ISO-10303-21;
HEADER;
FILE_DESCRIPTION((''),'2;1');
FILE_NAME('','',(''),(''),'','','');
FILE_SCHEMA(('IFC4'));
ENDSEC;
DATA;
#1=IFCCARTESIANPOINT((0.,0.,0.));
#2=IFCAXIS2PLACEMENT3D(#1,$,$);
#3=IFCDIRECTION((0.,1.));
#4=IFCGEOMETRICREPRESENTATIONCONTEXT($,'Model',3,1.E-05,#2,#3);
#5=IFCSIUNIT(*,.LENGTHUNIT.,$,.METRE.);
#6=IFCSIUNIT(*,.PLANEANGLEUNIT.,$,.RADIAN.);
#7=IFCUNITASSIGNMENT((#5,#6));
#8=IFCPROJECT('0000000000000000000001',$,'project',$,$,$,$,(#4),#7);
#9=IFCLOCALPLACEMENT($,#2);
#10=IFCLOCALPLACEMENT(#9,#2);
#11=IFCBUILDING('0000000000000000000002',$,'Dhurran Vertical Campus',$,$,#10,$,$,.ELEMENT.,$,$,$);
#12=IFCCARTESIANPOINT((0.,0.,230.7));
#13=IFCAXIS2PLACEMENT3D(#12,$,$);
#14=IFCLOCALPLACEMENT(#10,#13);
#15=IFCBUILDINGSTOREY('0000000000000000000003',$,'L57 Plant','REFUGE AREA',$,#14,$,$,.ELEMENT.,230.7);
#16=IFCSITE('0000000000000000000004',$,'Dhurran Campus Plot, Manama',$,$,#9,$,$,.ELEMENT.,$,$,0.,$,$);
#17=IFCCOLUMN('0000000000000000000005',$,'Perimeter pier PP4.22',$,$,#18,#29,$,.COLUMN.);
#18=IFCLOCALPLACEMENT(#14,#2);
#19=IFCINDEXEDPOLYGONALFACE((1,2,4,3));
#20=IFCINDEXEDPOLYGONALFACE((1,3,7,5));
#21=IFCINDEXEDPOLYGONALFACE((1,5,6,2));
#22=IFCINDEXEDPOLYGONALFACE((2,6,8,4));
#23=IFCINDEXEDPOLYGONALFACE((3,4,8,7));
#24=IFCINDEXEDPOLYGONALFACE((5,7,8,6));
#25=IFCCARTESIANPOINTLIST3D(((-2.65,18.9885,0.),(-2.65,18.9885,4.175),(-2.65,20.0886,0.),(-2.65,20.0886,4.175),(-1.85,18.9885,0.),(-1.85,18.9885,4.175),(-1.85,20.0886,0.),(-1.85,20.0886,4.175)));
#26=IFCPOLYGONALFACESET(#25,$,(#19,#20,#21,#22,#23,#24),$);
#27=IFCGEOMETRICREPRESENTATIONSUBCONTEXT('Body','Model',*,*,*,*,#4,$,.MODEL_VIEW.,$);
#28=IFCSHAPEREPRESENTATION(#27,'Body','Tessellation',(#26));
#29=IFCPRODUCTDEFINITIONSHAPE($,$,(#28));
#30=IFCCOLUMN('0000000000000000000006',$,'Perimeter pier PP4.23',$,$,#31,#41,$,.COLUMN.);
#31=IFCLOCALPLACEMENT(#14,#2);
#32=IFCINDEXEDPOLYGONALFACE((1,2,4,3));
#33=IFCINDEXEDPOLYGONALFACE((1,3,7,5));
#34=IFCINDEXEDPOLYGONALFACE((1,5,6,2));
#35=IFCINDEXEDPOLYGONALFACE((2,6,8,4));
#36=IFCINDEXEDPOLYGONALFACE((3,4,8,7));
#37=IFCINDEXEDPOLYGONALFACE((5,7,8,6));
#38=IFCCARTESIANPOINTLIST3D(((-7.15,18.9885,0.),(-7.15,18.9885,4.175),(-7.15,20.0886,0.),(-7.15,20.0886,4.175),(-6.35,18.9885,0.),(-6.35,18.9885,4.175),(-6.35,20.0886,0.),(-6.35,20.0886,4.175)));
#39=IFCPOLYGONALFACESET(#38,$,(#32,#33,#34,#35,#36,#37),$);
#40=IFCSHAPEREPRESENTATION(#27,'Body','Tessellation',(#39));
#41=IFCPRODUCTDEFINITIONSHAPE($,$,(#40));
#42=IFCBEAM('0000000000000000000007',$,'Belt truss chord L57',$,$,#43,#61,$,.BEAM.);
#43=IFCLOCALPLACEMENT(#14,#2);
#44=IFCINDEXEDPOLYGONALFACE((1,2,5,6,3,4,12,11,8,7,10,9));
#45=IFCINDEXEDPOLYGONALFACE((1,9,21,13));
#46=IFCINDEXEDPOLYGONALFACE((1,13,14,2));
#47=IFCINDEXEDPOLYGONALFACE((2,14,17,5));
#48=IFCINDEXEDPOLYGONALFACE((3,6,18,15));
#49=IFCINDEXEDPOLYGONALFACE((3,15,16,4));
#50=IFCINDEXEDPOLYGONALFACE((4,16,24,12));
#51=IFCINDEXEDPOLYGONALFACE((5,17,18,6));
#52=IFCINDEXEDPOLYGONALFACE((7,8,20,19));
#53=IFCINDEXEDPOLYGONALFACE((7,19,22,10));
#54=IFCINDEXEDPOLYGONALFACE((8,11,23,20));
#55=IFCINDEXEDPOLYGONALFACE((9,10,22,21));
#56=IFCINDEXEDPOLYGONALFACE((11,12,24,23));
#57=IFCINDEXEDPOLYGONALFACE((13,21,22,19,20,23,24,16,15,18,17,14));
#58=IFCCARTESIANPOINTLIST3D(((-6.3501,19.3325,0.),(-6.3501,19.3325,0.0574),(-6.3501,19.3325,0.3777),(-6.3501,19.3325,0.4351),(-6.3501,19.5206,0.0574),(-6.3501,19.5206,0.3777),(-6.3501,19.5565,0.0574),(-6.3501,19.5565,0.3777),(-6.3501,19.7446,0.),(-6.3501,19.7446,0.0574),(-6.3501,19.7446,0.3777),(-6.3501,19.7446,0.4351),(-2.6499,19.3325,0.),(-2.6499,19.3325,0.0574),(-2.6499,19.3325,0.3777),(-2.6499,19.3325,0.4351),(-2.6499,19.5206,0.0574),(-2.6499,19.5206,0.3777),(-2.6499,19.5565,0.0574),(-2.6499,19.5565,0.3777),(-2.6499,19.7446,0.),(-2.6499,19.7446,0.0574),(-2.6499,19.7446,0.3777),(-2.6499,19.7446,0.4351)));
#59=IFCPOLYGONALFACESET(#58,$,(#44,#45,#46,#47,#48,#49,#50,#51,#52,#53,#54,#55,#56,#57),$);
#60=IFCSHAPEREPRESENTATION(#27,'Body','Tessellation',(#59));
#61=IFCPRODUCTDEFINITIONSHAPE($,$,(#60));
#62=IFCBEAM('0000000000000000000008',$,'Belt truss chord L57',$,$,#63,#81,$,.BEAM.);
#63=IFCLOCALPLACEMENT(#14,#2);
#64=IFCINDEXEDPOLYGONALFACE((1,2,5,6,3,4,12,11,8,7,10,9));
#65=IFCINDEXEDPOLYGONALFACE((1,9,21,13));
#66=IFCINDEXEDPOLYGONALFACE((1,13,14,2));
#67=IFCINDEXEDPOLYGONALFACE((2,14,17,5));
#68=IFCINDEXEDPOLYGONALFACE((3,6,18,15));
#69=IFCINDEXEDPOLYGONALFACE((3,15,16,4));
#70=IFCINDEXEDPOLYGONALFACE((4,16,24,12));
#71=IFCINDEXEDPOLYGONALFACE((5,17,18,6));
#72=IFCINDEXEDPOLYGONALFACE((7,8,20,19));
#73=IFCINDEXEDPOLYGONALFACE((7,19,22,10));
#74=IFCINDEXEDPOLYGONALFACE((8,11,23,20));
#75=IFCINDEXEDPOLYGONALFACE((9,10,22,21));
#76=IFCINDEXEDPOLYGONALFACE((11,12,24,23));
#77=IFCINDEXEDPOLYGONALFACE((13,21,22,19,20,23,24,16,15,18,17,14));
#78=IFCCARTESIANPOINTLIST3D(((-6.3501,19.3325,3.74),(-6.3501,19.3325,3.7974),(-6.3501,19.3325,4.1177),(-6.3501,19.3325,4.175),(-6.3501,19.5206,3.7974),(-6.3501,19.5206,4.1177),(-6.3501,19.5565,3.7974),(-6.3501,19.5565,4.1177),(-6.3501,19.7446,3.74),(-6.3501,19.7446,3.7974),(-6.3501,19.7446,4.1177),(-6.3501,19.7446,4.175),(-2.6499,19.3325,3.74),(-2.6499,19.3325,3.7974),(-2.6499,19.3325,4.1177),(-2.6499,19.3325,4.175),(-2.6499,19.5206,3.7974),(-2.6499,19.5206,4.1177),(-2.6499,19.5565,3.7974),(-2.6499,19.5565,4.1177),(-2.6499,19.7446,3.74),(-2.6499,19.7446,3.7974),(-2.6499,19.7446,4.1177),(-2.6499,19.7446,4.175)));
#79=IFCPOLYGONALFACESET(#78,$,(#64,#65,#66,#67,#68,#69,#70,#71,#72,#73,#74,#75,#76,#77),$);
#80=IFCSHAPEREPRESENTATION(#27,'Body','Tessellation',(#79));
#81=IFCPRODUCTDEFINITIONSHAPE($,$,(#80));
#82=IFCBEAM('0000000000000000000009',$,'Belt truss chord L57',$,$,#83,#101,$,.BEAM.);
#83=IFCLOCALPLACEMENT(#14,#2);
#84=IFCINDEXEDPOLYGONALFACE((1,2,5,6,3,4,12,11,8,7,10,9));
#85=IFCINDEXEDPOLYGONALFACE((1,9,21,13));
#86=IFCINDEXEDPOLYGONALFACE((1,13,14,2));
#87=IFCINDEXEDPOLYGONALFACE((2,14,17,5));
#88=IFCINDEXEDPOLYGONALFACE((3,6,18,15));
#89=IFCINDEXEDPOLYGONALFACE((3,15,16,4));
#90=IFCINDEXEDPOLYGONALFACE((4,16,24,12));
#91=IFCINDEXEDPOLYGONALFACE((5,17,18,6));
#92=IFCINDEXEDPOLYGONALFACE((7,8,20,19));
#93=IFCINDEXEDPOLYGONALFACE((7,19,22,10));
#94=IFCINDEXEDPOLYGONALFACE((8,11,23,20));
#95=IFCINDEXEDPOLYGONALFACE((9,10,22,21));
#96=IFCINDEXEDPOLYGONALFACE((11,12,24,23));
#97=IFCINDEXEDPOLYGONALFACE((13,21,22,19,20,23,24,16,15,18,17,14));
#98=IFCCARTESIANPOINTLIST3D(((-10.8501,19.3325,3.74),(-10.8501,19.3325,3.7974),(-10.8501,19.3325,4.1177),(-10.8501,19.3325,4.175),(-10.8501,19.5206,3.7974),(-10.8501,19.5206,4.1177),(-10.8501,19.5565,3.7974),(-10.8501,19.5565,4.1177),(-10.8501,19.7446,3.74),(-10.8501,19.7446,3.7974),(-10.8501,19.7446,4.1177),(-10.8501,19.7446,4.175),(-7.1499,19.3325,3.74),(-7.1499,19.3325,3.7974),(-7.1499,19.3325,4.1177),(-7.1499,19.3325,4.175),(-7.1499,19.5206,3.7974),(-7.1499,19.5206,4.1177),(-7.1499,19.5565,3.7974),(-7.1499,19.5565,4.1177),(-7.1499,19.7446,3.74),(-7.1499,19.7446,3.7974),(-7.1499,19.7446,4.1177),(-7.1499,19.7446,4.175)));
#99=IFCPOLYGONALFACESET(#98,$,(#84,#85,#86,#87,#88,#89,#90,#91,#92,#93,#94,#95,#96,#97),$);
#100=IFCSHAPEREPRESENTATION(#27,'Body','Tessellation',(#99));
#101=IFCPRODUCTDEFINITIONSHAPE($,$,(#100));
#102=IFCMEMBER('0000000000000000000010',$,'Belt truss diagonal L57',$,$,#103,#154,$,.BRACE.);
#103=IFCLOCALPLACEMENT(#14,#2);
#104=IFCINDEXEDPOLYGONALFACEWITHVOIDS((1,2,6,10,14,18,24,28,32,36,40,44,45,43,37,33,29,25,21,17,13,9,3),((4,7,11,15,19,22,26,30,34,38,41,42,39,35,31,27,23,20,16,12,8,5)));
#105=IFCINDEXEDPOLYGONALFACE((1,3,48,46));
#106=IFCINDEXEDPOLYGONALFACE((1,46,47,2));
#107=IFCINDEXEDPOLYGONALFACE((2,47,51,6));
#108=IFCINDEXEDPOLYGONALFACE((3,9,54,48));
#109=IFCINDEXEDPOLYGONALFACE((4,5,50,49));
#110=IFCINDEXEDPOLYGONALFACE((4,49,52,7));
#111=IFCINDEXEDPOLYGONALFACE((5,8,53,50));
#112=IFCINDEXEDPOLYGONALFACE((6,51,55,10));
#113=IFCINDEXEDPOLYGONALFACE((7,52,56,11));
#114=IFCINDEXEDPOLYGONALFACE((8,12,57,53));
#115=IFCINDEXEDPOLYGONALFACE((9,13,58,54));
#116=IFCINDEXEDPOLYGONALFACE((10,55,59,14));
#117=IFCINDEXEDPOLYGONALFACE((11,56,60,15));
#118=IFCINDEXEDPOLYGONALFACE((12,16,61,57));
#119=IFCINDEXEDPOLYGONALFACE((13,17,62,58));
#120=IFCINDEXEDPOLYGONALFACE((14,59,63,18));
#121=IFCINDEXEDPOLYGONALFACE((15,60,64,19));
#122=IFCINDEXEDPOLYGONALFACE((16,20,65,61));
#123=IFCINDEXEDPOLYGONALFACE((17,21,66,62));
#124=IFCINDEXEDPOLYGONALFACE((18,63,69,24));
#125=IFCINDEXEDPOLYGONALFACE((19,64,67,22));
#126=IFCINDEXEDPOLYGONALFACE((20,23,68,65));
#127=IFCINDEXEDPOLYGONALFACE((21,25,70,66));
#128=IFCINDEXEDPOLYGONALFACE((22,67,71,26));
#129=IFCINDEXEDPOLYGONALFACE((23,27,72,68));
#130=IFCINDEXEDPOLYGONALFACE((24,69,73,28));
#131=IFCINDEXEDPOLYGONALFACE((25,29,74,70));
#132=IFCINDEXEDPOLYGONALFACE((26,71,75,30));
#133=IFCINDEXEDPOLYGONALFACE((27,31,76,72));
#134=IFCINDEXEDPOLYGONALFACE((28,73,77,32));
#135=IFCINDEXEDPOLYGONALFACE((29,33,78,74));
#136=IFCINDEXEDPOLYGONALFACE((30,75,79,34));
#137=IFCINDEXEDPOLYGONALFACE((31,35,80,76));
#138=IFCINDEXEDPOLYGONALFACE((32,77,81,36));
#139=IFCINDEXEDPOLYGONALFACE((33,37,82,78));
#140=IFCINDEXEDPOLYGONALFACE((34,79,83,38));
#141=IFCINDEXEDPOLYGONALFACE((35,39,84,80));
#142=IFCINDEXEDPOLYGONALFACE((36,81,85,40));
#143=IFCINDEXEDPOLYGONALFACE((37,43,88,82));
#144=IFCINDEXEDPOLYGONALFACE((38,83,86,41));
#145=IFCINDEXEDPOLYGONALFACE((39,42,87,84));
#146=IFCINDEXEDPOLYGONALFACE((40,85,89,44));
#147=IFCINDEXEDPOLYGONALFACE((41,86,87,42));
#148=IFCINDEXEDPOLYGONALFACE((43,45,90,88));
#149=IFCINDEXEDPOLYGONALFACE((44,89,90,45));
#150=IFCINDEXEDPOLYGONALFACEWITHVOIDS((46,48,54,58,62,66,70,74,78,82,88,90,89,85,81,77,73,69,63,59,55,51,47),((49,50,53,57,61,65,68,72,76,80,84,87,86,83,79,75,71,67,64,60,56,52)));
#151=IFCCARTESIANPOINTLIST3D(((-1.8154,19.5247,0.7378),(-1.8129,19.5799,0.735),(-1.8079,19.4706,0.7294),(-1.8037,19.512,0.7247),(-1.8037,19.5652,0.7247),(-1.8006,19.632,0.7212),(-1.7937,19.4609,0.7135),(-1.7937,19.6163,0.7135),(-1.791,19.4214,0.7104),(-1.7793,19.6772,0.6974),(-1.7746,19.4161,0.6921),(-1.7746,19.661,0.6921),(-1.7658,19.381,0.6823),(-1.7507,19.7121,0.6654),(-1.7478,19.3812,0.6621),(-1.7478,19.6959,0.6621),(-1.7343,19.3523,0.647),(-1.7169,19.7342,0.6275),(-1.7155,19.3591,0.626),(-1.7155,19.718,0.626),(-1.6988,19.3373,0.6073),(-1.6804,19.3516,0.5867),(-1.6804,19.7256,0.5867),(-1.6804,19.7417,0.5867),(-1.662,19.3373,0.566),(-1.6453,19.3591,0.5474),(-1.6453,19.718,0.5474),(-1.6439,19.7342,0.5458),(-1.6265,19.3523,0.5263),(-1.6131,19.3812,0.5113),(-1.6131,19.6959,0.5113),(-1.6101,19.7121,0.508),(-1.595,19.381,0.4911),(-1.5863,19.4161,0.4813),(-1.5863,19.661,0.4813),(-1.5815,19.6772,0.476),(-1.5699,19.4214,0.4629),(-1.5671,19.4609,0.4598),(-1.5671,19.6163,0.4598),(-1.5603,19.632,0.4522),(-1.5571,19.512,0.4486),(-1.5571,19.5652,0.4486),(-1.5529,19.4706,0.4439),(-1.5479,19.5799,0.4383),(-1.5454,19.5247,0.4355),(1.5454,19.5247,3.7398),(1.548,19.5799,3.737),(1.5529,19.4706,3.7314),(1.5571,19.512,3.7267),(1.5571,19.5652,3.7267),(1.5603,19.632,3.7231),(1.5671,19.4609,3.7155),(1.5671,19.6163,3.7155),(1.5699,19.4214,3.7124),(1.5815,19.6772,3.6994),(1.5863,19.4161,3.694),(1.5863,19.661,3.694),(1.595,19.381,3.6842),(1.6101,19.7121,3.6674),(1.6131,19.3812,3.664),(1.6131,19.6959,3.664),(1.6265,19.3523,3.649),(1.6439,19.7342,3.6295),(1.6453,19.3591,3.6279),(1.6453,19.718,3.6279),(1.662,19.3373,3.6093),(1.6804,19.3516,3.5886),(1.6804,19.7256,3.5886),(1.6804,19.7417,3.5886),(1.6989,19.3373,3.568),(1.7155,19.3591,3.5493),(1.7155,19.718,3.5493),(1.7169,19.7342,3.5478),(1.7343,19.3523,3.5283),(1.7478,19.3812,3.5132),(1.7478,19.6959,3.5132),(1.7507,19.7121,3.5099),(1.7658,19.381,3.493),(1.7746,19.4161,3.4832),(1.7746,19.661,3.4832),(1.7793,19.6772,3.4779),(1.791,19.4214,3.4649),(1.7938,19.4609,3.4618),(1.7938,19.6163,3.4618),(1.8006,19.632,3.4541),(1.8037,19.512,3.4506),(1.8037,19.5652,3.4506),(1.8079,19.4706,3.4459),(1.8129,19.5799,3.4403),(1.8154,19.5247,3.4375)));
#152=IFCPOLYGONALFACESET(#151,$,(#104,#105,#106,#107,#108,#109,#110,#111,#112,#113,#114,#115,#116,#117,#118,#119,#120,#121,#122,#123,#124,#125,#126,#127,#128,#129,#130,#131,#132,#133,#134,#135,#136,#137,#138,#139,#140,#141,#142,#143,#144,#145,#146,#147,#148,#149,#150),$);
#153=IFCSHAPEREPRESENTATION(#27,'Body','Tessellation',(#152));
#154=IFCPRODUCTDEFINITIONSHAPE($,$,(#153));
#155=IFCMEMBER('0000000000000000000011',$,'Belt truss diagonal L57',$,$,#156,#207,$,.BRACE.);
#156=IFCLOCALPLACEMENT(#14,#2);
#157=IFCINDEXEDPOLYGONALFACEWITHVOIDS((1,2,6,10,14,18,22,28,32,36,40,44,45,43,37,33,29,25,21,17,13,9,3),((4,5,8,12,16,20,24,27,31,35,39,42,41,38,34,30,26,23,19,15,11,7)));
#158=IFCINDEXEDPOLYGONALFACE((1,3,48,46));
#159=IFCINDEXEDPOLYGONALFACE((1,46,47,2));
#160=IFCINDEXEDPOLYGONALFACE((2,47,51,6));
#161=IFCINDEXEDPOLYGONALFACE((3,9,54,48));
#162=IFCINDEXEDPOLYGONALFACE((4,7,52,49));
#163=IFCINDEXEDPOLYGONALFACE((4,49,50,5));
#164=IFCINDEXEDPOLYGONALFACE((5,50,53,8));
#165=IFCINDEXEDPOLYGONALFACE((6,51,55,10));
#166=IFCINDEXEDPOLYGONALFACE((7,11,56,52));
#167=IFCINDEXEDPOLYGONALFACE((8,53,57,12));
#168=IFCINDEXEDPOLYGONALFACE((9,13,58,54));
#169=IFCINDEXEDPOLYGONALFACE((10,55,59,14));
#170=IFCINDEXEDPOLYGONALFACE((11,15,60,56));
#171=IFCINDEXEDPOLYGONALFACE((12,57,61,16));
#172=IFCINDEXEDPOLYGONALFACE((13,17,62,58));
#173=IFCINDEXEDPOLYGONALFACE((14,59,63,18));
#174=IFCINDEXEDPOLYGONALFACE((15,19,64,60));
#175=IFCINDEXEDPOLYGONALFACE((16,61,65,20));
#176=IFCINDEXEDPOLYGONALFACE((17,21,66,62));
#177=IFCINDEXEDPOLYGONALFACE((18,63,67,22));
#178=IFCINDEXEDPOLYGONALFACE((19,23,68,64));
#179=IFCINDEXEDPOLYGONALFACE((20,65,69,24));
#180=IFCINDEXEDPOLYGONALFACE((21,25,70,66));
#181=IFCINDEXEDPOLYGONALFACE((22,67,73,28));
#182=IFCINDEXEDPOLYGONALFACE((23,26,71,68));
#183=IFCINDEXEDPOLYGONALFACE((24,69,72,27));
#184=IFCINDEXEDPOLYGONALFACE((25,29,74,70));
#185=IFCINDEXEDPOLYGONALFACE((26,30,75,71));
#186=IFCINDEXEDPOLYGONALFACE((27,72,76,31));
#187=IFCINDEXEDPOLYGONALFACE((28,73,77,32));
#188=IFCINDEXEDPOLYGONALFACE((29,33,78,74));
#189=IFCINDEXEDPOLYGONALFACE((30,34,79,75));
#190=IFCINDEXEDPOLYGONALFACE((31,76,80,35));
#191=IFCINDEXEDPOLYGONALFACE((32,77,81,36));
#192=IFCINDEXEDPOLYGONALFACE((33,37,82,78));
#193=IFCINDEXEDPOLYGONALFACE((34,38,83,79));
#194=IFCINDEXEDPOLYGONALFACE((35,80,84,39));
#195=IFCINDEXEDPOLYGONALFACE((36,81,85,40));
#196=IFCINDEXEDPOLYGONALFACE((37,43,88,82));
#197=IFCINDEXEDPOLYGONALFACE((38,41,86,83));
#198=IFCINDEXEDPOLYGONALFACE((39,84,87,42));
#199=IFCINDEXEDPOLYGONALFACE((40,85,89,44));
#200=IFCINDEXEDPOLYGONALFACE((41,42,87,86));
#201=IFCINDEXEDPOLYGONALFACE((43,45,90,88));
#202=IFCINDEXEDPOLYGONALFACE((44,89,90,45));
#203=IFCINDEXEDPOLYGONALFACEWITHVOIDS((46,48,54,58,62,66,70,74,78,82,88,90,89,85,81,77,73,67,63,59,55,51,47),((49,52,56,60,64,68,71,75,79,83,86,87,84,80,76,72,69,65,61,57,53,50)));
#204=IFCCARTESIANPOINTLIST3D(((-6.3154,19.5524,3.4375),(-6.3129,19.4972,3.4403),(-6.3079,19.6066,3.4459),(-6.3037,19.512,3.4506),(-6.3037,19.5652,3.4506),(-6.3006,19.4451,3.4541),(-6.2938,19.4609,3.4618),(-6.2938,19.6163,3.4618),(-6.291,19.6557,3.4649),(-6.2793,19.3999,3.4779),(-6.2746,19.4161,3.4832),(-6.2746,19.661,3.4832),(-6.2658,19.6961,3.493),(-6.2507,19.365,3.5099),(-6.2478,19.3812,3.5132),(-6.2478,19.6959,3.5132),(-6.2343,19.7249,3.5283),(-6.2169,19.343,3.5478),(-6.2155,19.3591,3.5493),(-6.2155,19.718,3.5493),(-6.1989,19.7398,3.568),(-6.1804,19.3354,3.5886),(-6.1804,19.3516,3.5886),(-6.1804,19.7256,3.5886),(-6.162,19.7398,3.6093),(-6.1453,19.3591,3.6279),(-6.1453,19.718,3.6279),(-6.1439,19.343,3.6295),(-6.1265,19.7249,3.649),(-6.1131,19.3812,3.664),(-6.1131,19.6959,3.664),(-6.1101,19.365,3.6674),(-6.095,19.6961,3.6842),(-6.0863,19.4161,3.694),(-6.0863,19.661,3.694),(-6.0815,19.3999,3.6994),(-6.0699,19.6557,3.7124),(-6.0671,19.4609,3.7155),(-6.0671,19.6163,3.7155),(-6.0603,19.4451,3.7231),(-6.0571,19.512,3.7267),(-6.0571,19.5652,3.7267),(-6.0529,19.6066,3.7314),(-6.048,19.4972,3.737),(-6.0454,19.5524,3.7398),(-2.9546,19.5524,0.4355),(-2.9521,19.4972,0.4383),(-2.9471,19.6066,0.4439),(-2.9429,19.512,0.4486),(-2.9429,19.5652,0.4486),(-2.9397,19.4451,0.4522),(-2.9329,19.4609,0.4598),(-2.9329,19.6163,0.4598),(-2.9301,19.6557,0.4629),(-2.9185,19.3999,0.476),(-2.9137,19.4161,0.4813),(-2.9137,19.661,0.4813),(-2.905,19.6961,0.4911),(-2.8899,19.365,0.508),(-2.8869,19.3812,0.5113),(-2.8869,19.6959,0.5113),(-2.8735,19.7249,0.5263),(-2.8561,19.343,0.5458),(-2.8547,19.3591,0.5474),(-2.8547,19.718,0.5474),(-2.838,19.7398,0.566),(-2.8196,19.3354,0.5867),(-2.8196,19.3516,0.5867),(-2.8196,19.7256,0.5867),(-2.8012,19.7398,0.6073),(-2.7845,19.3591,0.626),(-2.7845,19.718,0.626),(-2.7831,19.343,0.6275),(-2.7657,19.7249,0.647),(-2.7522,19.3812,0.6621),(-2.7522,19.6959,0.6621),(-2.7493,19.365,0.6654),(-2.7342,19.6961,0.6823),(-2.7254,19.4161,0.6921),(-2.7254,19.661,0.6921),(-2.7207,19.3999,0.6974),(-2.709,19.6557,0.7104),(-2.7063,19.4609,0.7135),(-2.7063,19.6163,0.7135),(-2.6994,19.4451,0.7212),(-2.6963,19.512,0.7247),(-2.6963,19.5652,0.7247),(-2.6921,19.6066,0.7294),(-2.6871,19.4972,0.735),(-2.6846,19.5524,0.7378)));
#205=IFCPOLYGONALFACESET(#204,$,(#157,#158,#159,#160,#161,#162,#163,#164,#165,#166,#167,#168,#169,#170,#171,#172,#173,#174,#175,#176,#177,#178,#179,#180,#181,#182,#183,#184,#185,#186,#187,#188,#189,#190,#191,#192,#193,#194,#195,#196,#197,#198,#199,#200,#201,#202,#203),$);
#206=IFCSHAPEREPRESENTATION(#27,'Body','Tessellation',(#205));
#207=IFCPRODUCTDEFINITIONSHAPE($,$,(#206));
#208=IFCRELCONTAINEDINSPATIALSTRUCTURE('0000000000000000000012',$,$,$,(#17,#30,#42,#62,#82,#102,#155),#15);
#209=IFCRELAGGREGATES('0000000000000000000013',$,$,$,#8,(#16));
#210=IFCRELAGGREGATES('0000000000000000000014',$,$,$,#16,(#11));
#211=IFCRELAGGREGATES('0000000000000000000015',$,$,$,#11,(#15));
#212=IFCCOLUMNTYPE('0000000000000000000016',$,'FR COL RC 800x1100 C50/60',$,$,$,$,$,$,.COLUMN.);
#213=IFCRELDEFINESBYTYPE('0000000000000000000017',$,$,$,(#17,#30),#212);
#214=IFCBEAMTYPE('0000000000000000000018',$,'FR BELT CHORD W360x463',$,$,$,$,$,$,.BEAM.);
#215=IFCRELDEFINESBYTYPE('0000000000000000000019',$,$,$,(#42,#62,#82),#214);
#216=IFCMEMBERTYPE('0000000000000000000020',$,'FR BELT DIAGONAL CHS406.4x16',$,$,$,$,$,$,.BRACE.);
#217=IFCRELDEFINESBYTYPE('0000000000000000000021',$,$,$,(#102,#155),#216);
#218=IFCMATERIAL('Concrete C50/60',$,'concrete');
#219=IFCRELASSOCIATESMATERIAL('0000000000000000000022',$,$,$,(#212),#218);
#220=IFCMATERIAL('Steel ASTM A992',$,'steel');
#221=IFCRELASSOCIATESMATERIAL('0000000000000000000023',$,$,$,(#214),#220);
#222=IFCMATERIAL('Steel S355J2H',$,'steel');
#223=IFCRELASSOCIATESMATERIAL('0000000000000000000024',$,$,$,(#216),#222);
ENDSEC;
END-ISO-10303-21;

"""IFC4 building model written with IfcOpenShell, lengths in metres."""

from ifc_helpers import new_model, si_unit, direction, frame, origin, origin_2d, place, context, subcontext, project, spatial, rectangle, hollow_circle, i_section, extrude, material, material_profile, profile_set, type_object, element, save


model = new_model("IFC4")

# Units and contexts
model_context = context("Model", 3, precision=1e-05, world=origin(), true_north=direction((0.0, 1.0)))
body_context = subcontext(model_context, "Body", "Model", "MODEL_VIEW")
ifc_project = project(units=[si_unit("LENGTHUNIT", "METRE"), si_unit("PLANEANGLEUNIT", "RADIAN")], contexts=[model_context])

# Site, building, storey
site_placement = place(None, origin())
site = spatial("IfcSite", under=ifc_project, at=site_placement, Name="Dhurran Campus Plot, Manama", CompositionType="ELEMENT", RefElevation=0.0)
building_placement = place(site_placement, origin())
building = spatial("IfcBuilding", under=site, at=building_placement, Name="Dhurran Vertical Campus", CompositionType="ELEMENT")
storey_placement = place(building_placement, frame((0.0, 0.0, 230.7)))
storey = spatial("IfcBuildingStorey", under=building, at=storey_placement, Name="L57 Plant", Description="REFUGE AREA", CompositionType="ELEMENT", Elevation=230.7)

# Columns
ifc_material_1 = material(Name="Concrete C50/60", Category="concrete")
ifc_material_profile_1 = material_profile(ifc_material_1, rectangle(XDim=0.8, YDim=1.1001, at=origin_2d()), Name="RC 800x1100")
ifc_profile_set_1 = profile_set([ifc_material_profile_1], Name="Concrete C50/60")
column_type = type_object("IfcColumnType", Name="FR COL RC 800x1100 C50/60", PredefinedType="COLUMN", material=ifc_profile_set_1)
for number, where, z_axis, x_axis, name in (
    (1, (-2.25, 19.5386, 0.0), (0.0, 0.0, 1.0), (-1.0, 0.0, 0.0), "Perimeter pier PP4.22"),
    (2, (-6.75, 19.5386, 0.0), (0.0, 0.0, 1.0), (-1.0, 0.0, 0.0), "Perimeter pier PP4.23"),
):
    element("IfcColumn", number, at=place(storey_placement, frame(where, z_axis=z_axis, x_axis=x_axis)), inside=storey, type_object=column_type, Name=name, PredefinedType="COLUMN", context=body_context, shape_type="SweptSolid", body=[
        extrude(rectangle(XDim=0.8, YDim=1.1001, at=origin_2d()), origin(), (0.0, 0.0, 1.0), 4.175),
    ])

# Beams
ifc_material_2 = material(Name="Steel ASTM A992", Category="steel")
ifc_material_profile_2 = material_profile(ifc_material_2, i_section(OverallWidth=0.4121, OverallDepth=0.4351, WebThickness=0.0359, FlangeThickness=0.0574, at=origin_2d()), Name="W360x463")
ifc_profile_set_2 = profile_set([ifc_material_profile_2], Name="Steel ASTM A992")
beam_type = type_object("IfcBeamType", Name="FR BELT CHORD W360x463", PredefinedType="BEAM", material=ifc_profile_set_2)
for number, where, z_axis, x_axis, name in (
    (3, (-2.6499, 19.5386, 0.2175), (-1.0, 0.0, 0.0), (0.0, -1.0, 0.0), "Belt truss chord L57"),
    (4, (-2.6499, 19.5386, 3.9575), (-1.0, 0.0, 0.0), (0.0, -1.0, 0.0), "Belt truss chord L57"),
    (5, (-7.1499, 19.5386, 3.9575), (-1.0, 0.0, 0.0), (0.0, -1.0, 0.0), "Belt truss chord L57"),
):
    element("IfcBeam", number, at=place(storey_placement, frame(where, z_axis=z_axis, x_axis=x_axis)), inside=storey, type_object=beam_type, Name=name, PredefinedType="BEAM", context=body_context, shape_type="SweptSolid", body=[
        extrude(i_section(OverallWidth=0.4121, OverallDepth=0.4351, WebThickness=0.0359, FlangeThickness=0.0574, at=origin_2d()), origin(), (0.0, 0.0, 1.0), 3.7002),
    ])

# Members
ifc_material_3 = material(Name="Steel S355J2H", Category="steel")
ifc_material_profile_3 = material_profile(ifc_material_3, hollow_circle(Radius=0.2031, WallThickness=0.0161, at=origin_2d()), Name="CHS406.4x16")
ifc_profile_set_3 = profile_set([ifc_material_profile_3], Name="Steel S355J2H")
member_type = type_object("IfcMemberType", Name="FR BELT DIAGONAL CHS406.4x16", PredefinedType="BRACE", material=ifc_profile_set_3)
for number, where, z_axis, x_axis, name in (
    (6, (-1.6804, 19.5386, 0.5867), (0.745805, 0.0, 0.666164), (0.0, 1.0, 0.0), "Belt truss diagonal L57"),
    (7, (-2.8196, 19.5386, 0.5867), (-0.745805, 0.0, 0.666164), (0.0, -1.0, 0.0), "Belt truss diagonal L57"),
):
    element("IfcMember", number, at=place(storey_placement, frame(where, z_axis=z_axis, x_axis=x_axis)), inside=storey, type_object=member_type, Name=name, PredefinedType="BRACE", context=body_context, shape_type="SweptSolid", body=[
        extrude(hollow_circle(Radius=0.2031, WallThickness=0.0161, at=origin_2d()), origin(), (0.0, 0.0, 1.0), 4.5063),
    ])

save(model, "model.ifc")
